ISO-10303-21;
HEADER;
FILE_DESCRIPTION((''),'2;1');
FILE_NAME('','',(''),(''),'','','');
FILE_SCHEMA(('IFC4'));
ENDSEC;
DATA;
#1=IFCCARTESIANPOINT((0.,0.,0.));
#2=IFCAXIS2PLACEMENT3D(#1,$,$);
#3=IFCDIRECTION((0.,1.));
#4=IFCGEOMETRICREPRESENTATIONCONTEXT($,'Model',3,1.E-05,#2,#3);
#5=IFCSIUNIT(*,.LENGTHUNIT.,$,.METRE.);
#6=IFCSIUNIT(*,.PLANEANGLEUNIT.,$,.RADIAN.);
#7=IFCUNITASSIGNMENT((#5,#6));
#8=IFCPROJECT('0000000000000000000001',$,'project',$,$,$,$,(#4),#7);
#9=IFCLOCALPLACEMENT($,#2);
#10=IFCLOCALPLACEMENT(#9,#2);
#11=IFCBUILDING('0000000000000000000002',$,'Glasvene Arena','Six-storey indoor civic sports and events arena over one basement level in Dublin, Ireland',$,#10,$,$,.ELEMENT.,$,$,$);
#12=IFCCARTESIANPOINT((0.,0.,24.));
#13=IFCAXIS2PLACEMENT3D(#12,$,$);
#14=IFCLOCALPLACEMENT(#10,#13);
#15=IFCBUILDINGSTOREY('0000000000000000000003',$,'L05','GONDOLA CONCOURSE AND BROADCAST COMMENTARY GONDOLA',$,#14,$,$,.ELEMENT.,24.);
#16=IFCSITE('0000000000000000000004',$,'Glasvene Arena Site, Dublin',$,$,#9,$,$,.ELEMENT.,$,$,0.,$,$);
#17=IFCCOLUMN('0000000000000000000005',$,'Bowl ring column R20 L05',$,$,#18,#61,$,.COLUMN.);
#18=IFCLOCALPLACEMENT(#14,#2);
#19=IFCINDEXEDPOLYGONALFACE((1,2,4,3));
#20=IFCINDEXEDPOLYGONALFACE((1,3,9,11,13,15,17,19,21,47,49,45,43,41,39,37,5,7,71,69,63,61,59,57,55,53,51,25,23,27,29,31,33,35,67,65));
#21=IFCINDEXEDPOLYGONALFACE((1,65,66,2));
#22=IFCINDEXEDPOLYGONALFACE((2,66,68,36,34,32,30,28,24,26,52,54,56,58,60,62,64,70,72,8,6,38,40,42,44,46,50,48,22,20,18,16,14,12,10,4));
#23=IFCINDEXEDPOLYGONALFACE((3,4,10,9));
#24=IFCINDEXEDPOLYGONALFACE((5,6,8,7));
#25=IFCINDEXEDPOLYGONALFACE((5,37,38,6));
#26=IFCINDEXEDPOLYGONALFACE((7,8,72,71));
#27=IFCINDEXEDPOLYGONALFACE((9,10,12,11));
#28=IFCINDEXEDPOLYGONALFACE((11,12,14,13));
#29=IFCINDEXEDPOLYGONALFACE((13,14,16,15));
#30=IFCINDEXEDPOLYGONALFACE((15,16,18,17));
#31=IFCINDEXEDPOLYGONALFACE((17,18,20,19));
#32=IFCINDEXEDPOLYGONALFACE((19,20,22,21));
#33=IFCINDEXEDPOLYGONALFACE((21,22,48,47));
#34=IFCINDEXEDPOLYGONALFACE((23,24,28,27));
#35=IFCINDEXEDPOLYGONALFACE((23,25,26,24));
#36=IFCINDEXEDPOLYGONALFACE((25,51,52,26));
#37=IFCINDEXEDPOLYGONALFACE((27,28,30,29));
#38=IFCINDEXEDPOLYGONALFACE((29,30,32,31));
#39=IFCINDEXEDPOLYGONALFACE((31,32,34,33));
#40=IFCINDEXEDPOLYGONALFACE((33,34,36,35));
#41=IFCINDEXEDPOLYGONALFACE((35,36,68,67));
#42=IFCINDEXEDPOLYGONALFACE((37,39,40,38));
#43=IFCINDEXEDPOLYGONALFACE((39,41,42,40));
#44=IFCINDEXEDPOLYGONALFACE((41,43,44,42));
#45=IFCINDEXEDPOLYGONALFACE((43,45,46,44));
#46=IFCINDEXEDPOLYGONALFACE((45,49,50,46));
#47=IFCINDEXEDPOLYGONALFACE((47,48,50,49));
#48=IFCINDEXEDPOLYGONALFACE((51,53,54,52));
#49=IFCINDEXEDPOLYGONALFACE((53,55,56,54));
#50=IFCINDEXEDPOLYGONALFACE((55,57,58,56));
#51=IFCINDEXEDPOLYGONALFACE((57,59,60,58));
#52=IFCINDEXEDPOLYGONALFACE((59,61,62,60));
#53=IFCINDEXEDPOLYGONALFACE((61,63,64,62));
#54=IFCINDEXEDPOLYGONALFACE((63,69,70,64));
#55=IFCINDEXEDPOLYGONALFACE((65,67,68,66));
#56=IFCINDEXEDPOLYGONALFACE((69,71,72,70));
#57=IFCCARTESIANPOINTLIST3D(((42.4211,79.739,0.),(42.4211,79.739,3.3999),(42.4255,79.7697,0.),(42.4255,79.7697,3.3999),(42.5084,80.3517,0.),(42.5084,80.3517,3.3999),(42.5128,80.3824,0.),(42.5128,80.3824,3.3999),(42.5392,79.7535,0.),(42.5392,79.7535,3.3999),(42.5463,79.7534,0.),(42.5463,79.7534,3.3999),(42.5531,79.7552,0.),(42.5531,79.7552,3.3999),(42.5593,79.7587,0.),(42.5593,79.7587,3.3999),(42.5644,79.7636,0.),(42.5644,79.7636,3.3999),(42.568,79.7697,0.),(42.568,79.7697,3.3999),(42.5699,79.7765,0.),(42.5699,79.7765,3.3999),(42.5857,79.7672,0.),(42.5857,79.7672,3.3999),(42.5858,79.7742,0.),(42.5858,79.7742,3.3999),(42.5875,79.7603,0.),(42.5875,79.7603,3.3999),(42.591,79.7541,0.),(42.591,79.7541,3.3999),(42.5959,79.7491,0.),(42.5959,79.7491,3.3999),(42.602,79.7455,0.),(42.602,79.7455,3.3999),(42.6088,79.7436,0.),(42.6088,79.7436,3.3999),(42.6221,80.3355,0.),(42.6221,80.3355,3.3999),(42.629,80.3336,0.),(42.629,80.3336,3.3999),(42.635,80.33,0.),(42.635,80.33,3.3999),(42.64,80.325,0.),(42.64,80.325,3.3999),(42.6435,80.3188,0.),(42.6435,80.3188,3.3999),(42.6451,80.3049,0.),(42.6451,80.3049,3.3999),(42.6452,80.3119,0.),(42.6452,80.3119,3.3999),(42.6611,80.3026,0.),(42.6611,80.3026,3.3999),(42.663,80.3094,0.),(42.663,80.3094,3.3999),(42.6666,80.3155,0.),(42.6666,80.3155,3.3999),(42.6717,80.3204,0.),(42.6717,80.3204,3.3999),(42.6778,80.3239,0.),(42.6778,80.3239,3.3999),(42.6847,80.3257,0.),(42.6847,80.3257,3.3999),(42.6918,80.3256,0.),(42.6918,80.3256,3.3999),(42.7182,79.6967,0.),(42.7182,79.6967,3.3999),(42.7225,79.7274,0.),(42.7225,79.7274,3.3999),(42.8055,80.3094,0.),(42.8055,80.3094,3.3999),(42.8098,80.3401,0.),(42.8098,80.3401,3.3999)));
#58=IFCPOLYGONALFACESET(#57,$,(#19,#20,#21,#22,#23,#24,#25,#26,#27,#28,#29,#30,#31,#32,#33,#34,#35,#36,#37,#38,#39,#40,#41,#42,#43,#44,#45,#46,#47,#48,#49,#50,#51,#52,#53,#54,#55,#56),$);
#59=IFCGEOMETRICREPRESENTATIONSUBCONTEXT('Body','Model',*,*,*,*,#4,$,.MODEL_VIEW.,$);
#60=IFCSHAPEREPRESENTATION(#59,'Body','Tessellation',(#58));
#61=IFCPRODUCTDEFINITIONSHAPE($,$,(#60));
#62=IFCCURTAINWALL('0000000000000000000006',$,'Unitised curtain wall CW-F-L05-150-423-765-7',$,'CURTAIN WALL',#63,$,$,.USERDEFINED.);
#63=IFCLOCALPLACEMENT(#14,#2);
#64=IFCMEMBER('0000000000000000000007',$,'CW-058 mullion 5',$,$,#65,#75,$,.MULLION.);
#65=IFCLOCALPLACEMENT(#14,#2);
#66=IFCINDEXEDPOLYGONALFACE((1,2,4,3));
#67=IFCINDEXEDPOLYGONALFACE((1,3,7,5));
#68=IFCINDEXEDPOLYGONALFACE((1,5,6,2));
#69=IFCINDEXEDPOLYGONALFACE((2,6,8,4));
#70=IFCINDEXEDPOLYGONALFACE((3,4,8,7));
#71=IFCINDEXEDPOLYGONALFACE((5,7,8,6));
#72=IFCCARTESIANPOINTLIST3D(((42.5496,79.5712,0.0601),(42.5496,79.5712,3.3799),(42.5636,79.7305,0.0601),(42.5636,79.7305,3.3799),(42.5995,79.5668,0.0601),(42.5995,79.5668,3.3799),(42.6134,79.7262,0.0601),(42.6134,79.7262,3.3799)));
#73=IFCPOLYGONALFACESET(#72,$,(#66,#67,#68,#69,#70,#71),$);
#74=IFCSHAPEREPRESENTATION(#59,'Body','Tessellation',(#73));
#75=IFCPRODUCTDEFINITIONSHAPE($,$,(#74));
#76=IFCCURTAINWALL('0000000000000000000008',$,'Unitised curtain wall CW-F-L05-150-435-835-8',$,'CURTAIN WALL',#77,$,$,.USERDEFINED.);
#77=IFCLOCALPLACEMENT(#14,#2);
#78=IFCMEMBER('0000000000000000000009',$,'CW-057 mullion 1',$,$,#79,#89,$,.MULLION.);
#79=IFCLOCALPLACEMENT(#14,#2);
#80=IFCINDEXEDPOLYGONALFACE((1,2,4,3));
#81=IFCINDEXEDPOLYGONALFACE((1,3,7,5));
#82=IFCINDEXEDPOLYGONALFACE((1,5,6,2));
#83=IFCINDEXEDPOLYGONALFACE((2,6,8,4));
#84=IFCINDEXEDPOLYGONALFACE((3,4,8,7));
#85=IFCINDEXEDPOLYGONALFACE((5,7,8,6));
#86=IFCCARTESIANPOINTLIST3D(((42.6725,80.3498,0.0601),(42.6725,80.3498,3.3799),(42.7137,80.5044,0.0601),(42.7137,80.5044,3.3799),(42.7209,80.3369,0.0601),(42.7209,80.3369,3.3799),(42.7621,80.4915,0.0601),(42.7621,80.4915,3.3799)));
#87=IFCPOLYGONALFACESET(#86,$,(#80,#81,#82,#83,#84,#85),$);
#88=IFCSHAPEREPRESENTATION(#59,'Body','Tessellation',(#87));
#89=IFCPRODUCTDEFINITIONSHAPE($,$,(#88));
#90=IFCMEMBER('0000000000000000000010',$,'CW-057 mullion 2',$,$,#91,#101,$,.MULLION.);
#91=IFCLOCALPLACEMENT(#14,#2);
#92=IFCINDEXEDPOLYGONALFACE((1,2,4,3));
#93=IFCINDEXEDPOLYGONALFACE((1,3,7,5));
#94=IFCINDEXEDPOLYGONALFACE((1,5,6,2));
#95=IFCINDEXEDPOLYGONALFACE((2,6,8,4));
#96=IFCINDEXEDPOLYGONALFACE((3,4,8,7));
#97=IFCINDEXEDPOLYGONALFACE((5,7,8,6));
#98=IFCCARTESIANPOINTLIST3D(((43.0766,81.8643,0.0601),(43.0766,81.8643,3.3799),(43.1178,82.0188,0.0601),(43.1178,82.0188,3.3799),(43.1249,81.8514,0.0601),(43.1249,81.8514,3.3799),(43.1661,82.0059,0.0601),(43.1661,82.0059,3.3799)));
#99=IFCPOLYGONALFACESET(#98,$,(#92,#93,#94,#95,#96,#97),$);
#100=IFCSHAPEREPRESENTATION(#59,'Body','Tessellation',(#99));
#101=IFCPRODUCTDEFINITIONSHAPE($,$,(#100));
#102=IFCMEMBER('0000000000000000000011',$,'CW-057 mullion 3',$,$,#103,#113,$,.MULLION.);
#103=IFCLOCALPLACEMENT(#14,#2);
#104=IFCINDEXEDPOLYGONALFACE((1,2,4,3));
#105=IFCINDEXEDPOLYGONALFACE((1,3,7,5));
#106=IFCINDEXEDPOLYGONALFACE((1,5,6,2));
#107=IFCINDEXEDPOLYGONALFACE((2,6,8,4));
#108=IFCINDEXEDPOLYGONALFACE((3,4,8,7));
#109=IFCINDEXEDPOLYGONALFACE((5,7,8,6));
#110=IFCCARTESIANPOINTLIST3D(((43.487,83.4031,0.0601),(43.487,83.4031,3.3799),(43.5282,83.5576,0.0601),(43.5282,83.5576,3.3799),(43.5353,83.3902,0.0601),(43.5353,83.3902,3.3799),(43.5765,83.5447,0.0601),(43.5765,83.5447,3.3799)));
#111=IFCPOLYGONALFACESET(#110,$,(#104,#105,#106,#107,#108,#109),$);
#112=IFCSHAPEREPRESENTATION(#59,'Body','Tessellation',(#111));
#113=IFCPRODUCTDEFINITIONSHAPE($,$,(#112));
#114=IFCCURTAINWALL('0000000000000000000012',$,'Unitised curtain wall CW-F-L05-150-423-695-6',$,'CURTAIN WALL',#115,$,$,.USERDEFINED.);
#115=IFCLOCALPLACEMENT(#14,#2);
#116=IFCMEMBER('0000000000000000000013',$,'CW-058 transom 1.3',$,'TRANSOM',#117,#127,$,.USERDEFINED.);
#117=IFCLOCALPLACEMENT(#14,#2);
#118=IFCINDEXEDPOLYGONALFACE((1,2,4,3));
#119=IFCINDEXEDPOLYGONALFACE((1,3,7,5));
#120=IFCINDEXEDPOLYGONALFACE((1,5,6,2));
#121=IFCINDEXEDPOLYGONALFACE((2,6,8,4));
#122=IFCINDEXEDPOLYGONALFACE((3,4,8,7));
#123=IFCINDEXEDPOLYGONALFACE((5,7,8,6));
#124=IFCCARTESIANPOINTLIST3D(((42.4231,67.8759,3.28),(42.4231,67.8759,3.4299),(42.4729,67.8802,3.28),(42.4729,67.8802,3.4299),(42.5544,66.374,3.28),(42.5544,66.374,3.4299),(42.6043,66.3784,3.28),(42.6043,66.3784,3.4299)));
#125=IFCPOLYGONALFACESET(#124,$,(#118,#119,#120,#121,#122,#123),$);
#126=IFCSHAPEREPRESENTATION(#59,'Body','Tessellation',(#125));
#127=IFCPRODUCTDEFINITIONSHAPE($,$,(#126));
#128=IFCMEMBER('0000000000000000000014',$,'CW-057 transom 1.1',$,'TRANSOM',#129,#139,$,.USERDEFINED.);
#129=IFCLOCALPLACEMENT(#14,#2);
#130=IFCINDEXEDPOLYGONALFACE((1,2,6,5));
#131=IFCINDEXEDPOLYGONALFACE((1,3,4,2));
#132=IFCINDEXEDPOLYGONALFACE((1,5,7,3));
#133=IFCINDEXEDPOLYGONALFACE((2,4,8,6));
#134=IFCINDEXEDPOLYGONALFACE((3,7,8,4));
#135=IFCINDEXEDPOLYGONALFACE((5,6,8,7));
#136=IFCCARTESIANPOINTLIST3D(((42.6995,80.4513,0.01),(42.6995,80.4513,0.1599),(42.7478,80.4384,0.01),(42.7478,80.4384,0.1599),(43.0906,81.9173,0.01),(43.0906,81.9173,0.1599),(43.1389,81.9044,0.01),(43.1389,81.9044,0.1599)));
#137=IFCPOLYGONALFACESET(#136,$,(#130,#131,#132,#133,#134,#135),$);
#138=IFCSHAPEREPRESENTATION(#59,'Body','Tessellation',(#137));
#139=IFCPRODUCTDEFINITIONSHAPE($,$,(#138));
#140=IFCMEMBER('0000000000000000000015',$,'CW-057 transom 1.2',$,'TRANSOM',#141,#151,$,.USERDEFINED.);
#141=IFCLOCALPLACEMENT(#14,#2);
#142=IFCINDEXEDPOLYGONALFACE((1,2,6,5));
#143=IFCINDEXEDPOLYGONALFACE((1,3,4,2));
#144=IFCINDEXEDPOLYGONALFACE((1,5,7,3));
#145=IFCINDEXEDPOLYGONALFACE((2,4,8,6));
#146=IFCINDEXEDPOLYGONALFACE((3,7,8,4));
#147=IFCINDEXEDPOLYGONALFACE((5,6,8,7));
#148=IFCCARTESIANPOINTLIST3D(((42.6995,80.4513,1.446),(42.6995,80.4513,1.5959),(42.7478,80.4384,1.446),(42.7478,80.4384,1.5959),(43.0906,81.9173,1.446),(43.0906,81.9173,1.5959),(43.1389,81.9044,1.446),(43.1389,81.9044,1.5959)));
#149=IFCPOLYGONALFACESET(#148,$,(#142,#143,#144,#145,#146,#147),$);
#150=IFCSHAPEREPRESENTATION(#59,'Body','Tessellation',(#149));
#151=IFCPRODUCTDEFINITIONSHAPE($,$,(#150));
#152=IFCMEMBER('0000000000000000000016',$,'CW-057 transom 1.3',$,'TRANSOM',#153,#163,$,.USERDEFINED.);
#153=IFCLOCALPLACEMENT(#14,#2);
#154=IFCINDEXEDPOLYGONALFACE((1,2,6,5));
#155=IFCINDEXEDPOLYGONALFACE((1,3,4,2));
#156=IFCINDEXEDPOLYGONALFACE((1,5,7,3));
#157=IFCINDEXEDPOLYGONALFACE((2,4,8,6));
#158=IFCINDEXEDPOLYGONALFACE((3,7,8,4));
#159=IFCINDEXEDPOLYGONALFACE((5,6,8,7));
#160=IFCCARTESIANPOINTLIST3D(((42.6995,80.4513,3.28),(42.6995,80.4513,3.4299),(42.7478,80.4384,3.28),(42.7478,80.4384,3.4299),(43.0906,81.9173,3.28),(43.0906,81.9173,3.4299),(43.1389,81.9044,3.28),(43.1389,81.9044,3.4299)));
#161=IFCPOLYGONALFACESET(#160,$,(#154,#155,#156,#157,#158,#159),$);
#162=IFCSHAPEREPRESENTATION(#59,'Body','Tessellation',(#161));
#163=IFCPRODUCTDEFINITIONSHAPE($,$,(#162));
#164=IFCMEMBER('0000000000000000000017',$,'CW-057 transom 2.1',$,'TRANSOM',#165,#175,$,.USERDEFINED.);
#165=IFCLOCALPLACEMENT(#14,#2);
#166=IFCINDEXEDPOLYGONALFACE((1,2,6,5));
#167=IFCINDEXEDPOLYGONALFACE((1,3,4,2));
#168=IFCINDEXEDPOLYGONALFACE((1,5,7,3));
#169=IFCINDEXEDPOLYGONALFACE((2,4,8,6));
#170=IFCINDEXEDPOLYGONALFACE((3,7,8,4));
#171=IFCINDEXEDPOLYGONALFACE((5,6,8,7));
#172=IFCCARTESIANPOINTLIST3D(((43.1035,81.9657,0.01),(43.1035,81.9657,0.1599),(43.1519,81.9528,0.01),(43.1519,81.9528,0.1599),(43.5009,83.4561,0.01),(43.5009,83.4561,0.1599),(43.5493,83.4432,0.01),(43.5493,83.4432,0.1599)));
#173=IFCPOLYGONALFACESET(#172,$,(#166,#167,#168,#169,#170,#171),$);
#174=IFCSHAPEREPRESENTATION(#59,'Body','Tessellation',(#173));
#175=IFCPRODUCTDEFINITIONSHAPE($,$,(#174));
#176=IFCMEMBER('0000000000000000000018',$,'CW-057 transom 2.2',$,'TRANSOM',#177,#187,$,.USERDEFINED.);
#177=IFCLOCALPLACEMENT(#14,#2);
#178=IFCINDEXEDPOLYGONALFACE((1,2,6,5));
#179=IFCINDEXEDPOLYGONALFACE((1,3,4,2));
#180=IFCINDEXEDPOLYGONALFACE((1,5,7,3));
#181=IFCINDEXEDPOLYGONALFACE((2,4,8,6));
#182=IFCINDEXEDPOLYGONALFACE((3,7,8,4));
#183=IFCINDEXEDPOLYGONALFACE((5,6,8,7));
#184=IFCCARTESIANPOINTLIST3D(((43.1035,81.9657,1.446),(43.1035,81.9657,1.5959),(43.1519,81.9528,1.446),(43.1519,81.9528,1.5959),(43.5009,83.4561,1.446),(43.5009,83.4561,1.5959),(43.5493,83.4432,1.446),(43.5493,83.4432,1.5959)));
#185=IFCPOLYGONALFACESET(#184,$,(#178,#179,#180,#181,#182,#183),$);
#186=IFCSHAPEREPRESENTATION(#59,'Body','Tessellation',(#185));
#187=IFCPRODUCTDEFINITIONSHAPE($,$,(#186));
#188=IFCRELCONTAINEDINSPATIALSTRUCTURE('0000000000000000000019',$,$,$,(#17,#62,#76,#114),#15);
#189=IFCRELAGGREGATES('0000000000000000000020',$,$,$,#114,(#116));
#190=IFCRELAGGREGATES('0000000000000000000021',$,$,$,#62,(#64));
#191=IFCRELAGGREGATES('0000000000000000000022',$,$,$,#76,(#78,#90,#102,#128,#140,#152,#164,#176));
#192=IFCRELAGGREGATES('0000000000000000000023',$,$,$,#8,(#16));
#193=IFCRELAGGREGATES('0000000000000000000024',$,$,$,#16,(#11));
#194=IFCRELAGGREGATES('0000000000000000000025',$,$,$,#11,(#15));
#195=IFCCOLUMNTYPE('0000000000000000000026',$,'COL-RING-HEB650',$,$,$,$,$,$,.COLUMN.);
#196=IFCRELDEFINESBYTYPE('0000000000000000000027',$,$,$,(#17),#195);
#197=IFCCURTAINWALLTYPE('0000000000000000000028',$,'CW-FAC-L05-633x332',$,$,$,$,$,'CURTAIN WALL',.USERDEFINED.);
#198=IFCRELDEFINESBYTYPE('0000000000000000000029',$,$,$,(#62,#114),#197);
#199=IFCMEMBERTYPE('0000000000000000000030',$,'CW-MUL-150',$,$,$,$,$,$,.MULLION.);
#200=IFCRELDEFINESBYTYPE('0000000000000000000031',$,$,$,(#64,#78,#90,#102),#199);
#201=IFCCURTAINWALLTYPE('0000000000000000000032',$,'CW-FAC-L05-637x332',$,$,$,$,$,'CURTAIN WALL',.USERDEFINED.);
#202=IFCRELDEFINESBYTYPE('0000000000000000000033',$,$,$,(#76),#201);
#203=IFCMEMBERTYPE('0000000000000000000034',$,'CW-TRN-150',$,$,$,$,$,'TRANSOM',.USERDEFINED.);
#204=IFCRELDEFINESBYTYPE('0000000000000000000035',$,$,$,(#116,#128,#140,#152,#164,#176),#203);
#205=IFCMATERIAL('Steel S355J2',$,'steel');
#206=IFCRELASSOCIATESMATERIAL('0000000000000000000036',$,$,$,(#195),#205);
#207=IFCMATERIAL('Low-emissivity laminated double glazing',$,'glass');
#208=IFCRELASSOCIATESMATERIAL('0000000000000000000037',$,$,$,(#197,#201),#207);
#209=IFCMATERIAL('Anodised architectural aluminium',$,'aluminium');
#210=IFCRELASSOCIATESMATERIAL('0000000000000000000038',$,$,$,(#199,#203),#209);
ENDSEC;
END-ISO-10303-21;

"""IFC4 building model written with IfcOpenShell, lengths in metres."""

from ifc_helpers import new_model, si_unit, direction, frame, origin, origin_2d, place, context, subcontext, project, spatial, rectangle, i_section, extrude, material, material_profile, profile_set, type_object, element, aggregate, save


model = new_model("IFC4")

# Units and contexts
model_context = context("Model", 3, precision=1e-05, world=origin(), true_north=direction((0.0, 1.0)))
body_context = subcontext(model_context, "Body", "Model", "MODEL_VIEW")
ifc_project = project(units=[si_unit("LENGTHUNIT", "METRE"), si_unit("PLANEANGLEUNIT", "RADIAN")], contexts=[model_context])

# Site, building, storey
site_placement = place(None, origin())
site = spatial("IfcSite", under=ifc_project, at=site_placement, Name="Glasvene Arena Site, Dublin", CompositionType="ELEMENT", RefElevation=0.0)
building_placement = place(site_placement, origin())
building = spatial("IfcBuilding", under=site, at=building_placement, Name="Glasvene Arena", Description="Six-storey indoor civic sports and events arena over one basement level in Dublin, Ireland", CompositionType="ELEMENT")
storey_placement = place(building_placement, frame((0.0, 0.0, 24.0)))
storey = spatial("IfcBuildingStorey", under=building, at=storey_placement, Name="L05", Description="GONDOLA CONCOURSE AND BROADCAST COMMENTARY GONDOLA", CompositionType="ELEMENT", Elevation=24.0)

# Column
ifc_material_1 = material(Name="Steel S355J2", Category="steel")
ifc_material_profile_1 = material_profile(ifc_material_1, i_section(OverallWidth=0.3, OverallDepth=0.6499, WebThickness=0.0161, FlangeThickness=0.031, FilletRadius=0.0271, at=origin_2d()), Name="HEB 650")
ifc_profile_set_1 = profile_set([ifc_material_profile_1], Name="Steel S355J2")
column_type = type_object("IfcColumnType", Name="COL-RING-HEB650", PredefinedType="COLUMN", material=ifc_profile_set_1)
column_placement = place(storey_placement, frame((42.6155, 80.0396, 0.0), z_axis=(0.0, 0.0, 1.0), x_axis=(-0.989999, 0.141074, 0.0)))
element("IfcColumn", 1, at=column_placement, inside=storey, type_object=column_type, Name="Bowl ring column R20 L05", PredefinedType="COLUMN", context=body_context, shape_type="SweptSolid", body=[
    extrude(i_section(OverallWidth=0.3, OverallDepth=0.6499, WebThickness=0.0161, FlangeThickness=0.031, FilletRadius=0.0271, at=origin_2d()), origin(), (0.0, 0.0, 1.0), 3.3999),
])

# Curtain wall, member
ifc_material_2 = material(Name="Low-emissivity laminated double glazing", Category="glass")
curtain_wall_type_1 = type_object("IfcCurtainWallType", Name="CW-FAC-L05-633x332", ElementType="CURTAIN WALL", PredefinedType="USERDEFINED", material=ifc_material_2)
curtain_wall_1_placement = place(storey_placement, frame((42.032, 73.3667, 0.0)))
curtain_wall_1 = element("IfcCurtainWall", 2, at=curtain_wall_1_placement, inside=storey, type_object=curtain_wall_type_1, Name="Unitised curtain wall CW-F-L05-150-423-765-7", ObjectType="CURTAIN WALL", PredefinedType="USERDEFINED")
ifc_material_3 = material(Name="Anodised architectural aluminium", Category="aluminium")
ifc_material_profile_2 = material_profile(ifc_material_3, rectangle(XDim=0.05, YDim=0.1599, at=origin_2d()), Name="ALU MULLION 50x160")
ifc_profile_set_2 = profile_set([ifc_material_profile_2], Name="Anodised architectural aluminium")
member_type_1 = type_object("IfcMemberType", Name="CW-MUL-150", PredefinedType="MULLION", material=ifc_profile_set_2)
member_1_placement = place(storey_placement, frame((42.5815, 79.6487, 0.0601), z_axis=(0.0, 0.0, 1.0), x_axis=(-0.996198, 0.087113, 0.0)))
member_1 = element("IfcMember", 3, at=member_1_placement, type_object=member_type_1, Name="CW-058 mullion 5", PredefinedType="MULLION", context=body_context, shape_type="SweptSolid", body=[
    extrude(rectangle(XDim=0.05, YDim=0.1599, at=origin_2d()), origin(), (0.0, 0.0, 1.0), 3.3198),
])

# Curtain wall, members
curtain_wall_type_2 = type_object("IfcCurtainWallType", Name="CW-FAC-L05-637x332", ElementType="CURTAIN WALL", PredefinedType="USERDEFINED", material=ifc_material_2)
curtain_wall_2_placement = place(storey_placement, frame((42.7107, 80.3965, 0.0)))
curtain_wall_2 = element("IfcCurtainWall", 4, at=curtain_wall_2_placement, inside=storey, type_object=curtain_wall_type_2, Name="Unitised curtain wall CW-F-L05-150-435-835-8", ObjectType="CURTAIN WALL", PredefinedType="USERDEFINED")
member_2_placement = place(storey_placement, frame((42.7173, 80.4207, 0.0601), z_axis=(0.0, 0.0, 1.0), x_axis=(-0.966215, 0.257739, 0.0)))
member_2 = element("IfcMember", 5, at=member_2_placement, type_object=member_type_1, Name="CW-057 mullion 1", PredefinedType="MULLION", context=body_context, shape_type="SweptSolid", body=[
    extrude(rectangle(XDim=0.05, YDim=0.1599, at=origin_2d()), origin(), (0.0, 0.0, 1.0), 3.3198),
])
member_3_placement = place(storey_placement, frame((43.1213, 81.9351, 0.0601), z_axis=(0.0, 0.0, 1.0), x_axis=(-0.966215, 0.257739, 0.0)))
member_3 = element("IfcMember", 6, at=member_3_placement, type_object=member_type_1, Name="CW-057 mullion 2", PredefinedType="MULLION", context=body_context, shape_type="SweptSolid", body=[
    extrude(rectangle(XDim=0.05, YDim=0.1599, at=origin_2d()), origin(), (0.0, 0.0, 1.0), 3.3198),
])
member_4_placement = place(storey_placement, frame((43.5317, 83.4739, 0.0601), z_axis=(0.0, 0.0, 1.0), x_axis=(-0.966215, 0.257739, 0.0)))
member_4 = element("IfcMember", 7, at=member_4_placement, type_object=member_type_1, Name="CW-057 mullion 3", PredefinedType="MULLION", context=body_context, shape_type="SweptSolid", body=[
    extrude(rectangle(XDim=0.05, YDim=0.1599, at=origin_2d()), origin(), (0.0, 0.0, 1.0), 3.3198),
])

# Curtain wall, member
curtain_wall_3_placement = place(storey_placement, frame((42.5835, 66.3264, 0.0)))
curtain_wall_3 = element("IfcCurtainWall", 8, at=curtain_wall_3_placement, inside=storey, type_object=curtain_wall_type_1, Name="Unitised curtain wall CW-F-L05-150-423-695-6", ObjectType="CURTAIN WALL", PredefinedType="USERDEFINED")
ifc_material_profile_3 = material_profile(ifc_material_3, rectangle(XDim=0.05, YDim=0.1499, at=origin_2d()), Name="ALU TRANSOM 50x150")
ifc_profile_set_3 = profile_set([ifc_material_profile_3], Name="Anodised architectural aluminium")
member_type_2 = type_object("IfcMemberType", Name="CW-TRN-150", ElementType="TRANSOM", PredefinedType="USERDEFINED", material=ifc_profile_set_3)
member_5_placement = place(storey_placement, frame((42.5793, 66.3762, 3.355), z_axis=(-0.087119, 0.996198, 0.0), x_axis=(-0.996198, -0.087119, 0.0)))
member_5 = element("IfcMember", 9, at=member_5_placement, type_object=member_type_2, Name="CW-058 transom 1.3", ObjectType="TRANSOM", PredefinedType="USERDEFINED", context=body_context, shape_type="SweptSolid", body=[
    extrude(rectangle(XDim=0.05, YDim=0.1499, at=origin_2d()), origin(), (0.0, 0.0, 1.0), 1.5076),
])
aggregate(curtain_wall_3, [member_5])

# Members
member_6_placement = place(storey_placement, frame((42.7236, 80.4448, 0.085), z_axis=(0.257763, 0.966208, 0.0), x_axis=(-0.966208, 0.257763, 0.0)))
member_6 = element("IfcMember", 10, at=member_6_placement, type_object=member_type_2, Name="CW-057 transom 1.1", ObjectType="TRANSOM", PredefinedType="USERDEFINED", context=body_context, shape_type="SweptSolid", body=[
    extrude(rectangle(XDim=0.05, YDim=0.1499, at=origin_2d()), origin(), (0.0, 0.0, 1.0), 1.5173),
])
member_7_placement = place(storey_placement, frame((42.7236, 80.4448, 1.521), z_axis=(0.257763, 0.966208, 0.0), x_axis=(-0.966208, 0.257763, 0.0)))
member_7 = element("IfcMember", 11, at=member_7_placement, type_object=member_type_2, Name="CW-057 transom 1.2", ObjectType="TRANSOM", PredefinedType="USERDEFINED", context=body_context, shape_type="SweptSolid", body=[
    extrude(rectangle(XDim=0.05, YDim=0.1499, at=origin_2d()), origin(), (0.0, 0.0, 1.0), 1.5173),
])
member_8_placement = place(storey_placement, frame((42.7236, 80.4448, 3.355), z_axis=(0.257763, 0.966208, 0.0), x_axis=(-0.966208, 0.257763, 0.0)))
member_8 = element("IfcMember", 12, at=member_8_placement, type_object=member_type_2, Name="CW-057 transom 1.3", ObjectType="TRANSOM", PredefinedType="USERDEFINED", context=body_context, shape_type="SweptSolid", body=[
    extrude(rectangle(XDim=0.05, YDim=0.1499, at=origin_2d()), origin(), (0.0, 0.0, 1.0), 1.5173),
])
member_9_placement = place(storey_placement, frame((43.1277, 81.9592, 0.085), z_axis=(0.257663, 0.966235, 0.0), x_axis=(-0.966235, 0.257663, 0.0)))
member_9 = element("IfcMember", 13, at=member_9_placement, type_object=member_type_2, Name="CW-057 transom 2.1", ObjectType="TRANSOM", PredefinedType="USERDEFINED", context=body_context, shape_type="SweptSolid", body=[
    extrude(rectangle(XDim=0.05, YDim=0.1499, at=origin_2d()), origin(), (0.0, 0.0, 1.0), 1.5425),
])
member_10_placement = place(storey_placement, frame((43.1277, 81.9592, 1.521), z_axis=(0.257663, 0.966235, 0.0), x_axis=(-0.966235, 0.257663, 0.0)))
member_10 = element("IfcMember", 14, at=member_10_placement, type_object=member_type_2, Name="CW-057 transom 2.2", ObjectType="TRANSOM", PredefinedType="USERDEFINED", context=body_context, shape_type="SweptSolid", body=[
    extrude(rectangle(XDim=0.05, YDim=0.1499, at=origin_2d()), origin(), (0.0, 0.0, 1.0), 1.5425),
])

aggregate(curtain_wall_1, [member_1])
aggregate(curtain_wall_2, [member_2, member_3, member_4, member_6, member_7, member_8, member_9, member_10])

save(model, "model.ifc")
